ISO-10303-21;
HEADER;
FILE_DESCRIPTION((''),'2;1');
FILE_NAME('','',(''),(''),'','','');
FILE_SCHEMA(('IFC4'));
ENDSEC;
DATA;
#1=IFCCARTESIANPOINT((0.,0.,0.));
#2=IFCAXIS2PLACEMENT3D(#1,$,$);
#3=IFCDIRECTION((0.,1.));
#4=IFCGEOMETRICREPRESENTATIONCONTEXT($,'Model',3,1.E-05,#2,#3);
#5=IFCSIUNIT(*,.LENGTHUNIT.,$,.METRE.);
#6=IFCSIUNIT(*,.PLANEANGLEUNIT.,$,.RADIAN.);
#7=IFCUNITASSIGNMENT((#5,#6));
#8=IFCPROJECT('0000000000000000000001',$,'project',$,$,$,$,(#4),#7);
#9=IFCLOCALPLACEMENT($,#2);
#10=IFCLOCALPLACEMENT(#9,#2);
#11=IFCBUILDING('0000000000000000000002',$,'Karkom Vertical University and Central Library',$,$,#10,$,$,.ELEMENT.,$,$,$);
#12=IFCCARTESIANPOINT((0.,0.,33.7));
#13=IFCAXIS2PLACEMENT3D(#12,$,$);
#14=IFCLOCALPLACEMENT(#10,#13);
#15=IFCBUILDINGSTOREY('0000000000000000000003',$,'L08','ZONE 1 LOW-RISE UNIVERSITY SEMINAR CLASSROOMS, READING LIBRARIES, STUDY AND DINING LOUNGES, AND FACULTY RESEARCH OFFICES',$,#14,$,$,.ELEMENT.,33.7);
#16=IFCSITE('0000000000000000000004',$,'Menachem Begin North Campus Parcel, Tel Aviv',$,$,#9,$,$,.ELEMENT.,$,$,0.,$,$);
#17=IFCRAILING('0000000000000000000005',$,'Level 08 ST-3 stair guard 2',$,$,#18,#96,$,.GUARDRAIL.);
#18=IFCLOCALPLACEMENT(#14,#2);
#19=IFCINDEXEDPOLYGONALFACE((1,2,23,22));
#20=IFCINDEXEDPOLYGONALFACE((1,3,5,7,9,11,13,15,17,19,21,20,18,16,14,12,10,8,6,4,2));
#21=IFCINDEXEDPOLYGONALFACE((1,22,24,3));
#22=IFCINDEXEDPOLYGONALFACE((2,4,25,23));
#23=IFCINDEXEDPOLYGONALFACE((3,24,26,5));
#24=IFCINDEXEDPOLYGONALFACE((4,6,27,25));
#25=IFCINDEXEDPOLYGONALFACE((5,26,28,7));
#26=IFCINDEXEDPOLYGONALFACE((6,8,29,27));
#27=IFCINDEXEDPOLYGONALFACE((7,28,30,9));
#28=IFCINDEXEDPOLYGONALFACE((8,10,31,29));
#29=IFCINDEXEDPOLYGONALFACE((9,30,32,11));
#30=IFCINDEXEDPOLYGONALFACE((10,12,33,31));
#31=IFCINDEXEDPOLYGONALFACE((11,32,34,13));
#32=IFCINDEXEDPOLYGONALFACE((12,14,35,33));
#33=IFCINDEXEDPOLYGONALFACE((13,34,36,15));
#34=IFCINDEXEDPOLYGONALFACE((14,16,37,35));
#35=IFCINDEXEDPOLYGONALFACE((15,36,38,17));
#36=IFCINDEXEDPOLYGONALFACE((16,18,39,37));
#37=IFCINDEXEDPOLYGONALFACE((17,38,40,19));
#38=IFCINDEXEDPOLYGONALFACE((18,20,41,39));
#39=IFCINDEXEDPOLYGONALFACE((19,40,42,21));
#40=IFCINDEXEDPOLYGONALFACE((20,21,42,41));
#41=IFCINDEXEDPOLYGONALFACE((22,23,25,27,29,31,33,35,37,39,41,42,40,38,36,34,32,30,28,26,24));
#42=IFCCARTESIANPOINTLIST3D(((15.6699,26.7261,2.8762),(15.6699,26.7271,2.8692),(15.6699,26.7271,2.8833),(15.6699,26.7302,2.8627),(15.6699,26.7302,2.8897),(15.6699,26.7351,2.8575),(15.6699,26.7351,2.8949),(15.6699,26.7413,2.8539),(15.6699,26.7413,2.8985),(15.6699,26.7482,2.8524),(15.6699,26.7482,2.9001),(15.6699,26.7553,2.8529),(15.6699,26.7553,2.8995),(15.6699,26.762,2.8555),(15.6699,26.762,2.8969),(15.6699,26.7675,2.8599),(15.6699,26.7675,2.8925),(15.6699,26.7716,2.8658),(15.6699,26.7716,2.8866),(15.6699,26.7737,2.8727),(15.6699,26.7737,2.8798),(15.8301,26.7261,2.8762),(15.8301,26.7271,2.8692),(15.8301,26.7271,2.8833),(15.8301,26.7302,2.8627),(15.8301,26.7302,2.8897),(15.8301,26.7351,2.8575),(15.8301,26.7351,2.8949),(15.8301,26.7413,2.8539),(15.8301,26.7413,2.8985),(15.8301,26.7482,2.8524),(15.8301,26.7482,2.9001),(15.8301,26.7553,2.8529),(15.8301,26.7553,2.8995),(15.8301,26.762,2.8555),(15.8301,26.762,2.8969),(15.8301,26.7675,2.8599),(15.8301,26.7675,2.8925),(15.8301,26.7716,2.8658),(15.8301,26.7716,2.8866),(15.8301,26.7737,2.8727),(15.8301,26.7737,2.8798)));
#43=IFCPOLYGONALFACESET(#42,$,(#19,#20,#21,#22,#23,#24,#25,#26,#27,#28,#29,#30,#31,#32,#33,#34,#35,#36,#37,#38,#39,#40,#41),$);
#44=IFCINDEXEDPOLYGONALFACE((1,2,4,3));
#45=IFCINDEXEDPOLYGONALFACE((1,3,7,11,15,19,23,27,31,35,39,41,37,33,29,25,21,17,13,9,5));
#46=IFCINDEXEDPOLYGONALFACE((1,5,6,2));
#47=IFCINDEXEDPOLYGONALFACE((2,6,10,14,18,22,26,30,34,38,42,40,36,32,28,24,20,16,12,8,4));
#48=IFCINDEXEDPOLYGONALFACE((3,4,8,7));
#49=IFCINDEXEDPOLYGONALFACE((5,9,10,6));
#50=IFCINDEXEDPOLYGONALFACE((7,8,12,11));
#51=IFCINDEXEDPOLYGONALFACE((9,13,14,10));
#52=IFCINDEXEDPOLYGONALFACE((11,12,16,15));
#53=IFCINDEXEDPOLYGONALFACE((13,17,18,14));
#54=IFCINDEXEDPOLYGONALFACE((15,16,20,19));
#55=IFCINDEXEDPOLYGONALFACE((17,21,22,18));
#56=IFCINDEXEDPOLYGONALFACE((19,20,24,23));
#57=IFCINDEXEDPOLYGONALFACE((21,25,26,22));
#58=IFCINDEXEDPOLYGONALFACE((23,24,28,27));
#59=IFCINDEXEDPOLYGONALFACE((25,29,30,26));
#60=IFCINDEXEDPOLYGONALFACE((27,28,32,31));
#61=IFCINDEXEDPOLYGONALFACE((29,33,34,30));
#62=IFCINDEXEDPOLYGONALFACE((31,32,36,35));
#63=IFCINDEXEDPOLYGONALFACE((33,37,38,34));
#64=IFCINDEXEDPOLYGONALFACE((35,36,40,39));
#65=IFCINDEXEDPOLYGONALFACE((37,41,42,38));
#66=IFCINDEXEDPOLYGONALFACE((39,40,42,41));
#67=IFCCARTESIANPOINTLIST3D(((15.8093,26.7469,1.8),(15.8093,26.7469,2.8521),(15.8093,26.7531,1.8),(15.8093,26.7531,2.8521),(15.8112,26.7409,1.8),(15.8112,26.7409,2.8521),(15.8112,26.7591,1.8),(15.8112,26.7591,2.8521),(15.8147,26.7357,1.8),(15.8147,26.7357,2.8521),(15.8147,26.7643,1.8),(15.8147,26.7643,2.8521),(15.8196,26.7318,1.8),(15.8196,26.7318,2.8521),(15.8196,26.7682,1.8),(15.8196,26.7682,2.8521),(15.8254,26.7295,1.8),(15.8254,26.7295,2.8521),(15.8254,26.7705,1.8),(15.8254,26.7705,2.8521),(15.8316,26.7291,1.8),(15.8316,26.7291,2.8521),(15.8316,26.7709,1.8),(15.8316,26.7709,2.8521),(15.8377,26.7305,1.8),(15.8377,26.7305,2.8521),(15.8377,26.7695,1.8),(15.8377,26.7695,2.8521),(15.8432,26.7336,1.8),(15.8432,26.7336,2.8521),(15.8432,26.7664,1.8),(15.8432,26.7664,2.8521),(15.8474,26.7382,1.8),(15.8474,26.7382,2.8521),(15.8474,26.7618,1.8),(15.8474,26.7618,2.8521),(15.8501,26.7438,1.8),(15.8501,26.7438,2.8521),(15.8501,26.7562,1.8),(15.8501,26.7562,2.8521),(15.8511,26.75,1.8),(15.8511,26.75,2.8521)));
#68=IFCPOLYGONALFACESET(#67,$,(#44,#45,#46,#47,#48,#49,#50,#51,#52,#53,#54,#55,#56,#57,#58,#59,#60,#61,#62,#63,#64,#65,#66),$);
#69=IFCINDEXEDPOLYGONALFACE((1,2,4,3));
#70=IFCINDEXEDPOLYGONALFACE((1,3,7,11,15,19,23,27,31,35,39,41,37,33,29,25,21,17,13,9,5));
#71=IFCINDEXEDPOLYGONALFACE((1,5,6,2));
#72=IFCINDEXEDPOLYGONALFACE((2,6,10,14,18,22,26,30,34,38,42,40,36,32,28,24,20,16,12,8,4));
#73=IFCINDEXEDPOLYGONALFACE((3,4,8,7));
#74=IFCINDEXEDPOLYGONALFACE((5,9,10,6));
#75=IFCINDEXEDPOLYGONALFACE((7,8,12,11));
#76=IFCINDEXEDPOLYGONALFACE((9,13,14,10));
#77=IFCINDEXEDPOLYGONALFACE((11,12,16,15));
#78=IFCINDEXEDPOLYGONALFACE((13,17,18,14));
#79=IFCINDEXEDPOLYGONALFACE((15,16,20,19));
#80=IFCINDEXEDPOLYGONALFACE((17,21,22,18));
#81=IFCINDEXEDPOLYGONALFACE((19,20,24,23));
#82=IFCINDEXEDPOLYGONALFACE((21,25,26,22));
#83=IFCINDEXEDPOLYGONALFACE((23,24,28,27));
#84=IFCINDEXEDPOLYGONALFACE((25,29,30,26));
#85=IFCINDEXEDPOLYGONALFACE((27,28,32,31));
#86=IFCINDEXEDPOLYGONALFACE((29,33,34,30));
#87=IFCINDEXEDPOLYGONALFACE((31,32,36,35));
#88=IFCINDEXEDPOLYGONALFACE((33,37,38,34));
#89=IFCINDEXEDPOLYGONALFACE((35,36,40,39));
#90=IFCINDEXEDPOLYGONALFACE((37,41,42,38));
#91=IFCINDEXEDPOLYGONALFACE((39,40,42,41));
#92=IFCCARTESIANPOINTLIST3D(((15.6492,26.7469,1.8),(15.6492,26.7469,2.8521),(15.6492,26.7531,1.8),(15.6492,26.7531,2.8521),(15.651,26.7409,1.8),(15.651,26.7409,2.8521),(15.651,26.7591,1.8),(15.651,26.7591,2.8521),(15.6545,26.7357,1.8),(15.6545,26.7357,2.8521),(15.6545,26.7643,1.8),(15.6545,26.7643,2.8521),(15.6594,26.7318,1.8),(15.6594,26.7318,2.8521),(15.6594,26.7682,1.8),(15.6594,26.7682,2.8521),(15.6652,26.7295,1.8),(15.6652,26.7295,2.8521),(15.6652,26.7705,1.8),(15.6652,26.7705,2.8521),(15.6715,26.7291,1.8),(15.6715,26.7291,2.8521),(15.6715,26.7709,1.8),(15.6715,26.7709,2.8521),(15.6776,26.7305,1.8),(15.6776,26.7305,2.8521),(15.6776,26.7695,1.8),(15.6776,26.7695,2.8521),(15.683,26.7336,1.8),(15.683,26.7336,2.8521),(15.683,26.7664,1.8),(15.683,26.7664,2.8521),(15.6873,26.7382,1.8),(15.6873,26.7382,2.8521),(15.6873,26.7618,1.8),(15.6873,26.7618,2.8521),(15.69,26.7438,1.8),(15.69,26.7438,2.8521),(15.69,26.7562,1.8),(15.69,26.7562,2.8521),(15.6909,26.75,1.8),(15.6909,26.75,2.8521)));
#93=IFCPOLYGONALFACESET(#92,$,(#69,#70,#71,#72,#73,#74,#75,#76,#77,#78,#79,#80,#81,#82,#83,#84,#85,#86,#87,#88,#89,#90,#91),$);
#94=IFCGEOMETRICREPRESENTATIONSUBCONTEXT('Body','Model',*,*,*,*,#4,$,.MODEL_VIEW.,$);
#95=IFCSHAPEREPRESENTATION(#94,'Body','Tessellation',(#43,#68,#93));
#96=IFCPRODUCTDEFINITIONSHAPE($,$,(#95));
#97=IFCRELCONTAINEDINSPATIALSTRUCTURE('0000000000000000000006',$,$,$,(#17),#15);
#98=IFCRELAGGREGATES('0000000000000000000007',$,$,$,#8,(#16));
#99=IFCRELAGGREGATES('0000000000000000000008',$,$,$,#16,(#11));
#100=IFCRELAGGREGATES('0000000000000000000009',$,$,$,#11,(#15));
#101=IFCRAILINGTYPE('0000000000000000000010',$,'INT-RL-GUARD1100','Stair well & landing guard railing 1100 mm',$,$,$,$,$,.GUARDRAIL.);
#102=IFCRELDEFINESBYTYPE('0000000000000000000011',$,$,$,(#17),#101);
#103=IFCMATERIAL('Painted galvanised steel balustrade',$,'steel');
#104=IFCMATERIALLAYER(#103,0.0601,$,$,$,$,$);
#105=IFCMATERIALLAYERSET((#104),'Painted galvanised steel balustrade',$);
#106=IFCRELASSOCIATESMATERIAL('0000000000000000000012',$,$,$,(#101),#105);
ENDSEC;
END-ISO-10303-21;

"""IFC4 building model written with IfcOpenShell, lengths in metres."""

from ifc_helpers import new_model, si_unit, direction, frame, origin, origin_2d, place, context, subcontext, project, spatial, circle, extrude, material, layer, layer_set, type_object, element, save


model = new_model("IFC4")

# Units and contexts
model_context = context("Model", 3, precision=1e-05, world=origin(), true_north=direction((0.0, 1.0)))
body_context = subcontext(model_context, "Body", "Model", "MODEL_VIEW")
ifc_project = project(units=[si_unit("LENGTHUNIT", "METRE"), si_unit("PLANEANGLEUNIT", "RADIAN")], contexts=[model_context])

# Site, building, storey
site_placement = place(None, origin())
site = spatial("IfcSite", under=ifc_project, at=site_placement, Name="Menachem Begin North Campus Parcel, Tel Aviv", CompositionType="ELEMENT", RefElevation=0.0)
building_placement = place(site_placement, origin())
building = spatial("IfcBuilding", under=site, at=building_placement, Name="Karkom Vertical University and Central Library", CompositionType="ELEMENT")
storey_placement = place(building_placement, frame((0.0, 0.0, 33.7)))
storey = spatial("IfcBuildingStorey", under=building, at=storey_placement, Name="L08", Description="ZONE 1 LOW-RISE UNIVERSITY SEMINAR CLASSROOMS, READING LIBRARIES, STUDY AND DINING LOUNGES, AND FACULTY RESEARCH OFFICES", CompositionType="ELEMENT", Elevation=33.7)

# Railing
ifc_material_1 = material(Name="Painted galvanised steel balustrade", Category="steel")
ifc_layer_1 = layer(ifc_material_1, 0.0601)
ifc_layer_set_1 = layer_set([ifc_layer_1], Name="Painted galvanised steel balustrade")
railing_type_1 = type_object("IfcRailingType", Name="INT-RL-GUARD1100", Description="Stair well & landing guard railing 1100 mm", PredefinedType="GUARDRAIL", material=ifc_layer_set_1)
railing_1_placement = place(storey_placement, frame((15.8301, 26.75, 1.8)))
element("IfcRailing", 1, at=railing_1_placement, inside=storey, type_object=railing_type_1, Name="Level 08 ST-3 stair guard 2", PredefinedType="GUARDRAIL", context=body_context, shape_type="SweptSolid", body=[
    extrude(circle(Radius=0.0239, at=origin_2d()), frame((0.0, 0.0, 1.0762), z_axis=(-1.0, 0.0, 0.0), x_axis=(0.0, -1.0, 0.0)), (0.0, 0.0, 1.0), 0.1602),
    extrude(circle(Radius=0.021, at=origin_2d()), origin(), (0.0, 0.0, 1.0), 1.052),
    extrude(circle(Radius=0.021, at=origin_2d()), frame((-0.1602, 0.0, 0.0)), (0.0, 0.0, 1.0), 1.052),
])

save(model, "model.ifc")
